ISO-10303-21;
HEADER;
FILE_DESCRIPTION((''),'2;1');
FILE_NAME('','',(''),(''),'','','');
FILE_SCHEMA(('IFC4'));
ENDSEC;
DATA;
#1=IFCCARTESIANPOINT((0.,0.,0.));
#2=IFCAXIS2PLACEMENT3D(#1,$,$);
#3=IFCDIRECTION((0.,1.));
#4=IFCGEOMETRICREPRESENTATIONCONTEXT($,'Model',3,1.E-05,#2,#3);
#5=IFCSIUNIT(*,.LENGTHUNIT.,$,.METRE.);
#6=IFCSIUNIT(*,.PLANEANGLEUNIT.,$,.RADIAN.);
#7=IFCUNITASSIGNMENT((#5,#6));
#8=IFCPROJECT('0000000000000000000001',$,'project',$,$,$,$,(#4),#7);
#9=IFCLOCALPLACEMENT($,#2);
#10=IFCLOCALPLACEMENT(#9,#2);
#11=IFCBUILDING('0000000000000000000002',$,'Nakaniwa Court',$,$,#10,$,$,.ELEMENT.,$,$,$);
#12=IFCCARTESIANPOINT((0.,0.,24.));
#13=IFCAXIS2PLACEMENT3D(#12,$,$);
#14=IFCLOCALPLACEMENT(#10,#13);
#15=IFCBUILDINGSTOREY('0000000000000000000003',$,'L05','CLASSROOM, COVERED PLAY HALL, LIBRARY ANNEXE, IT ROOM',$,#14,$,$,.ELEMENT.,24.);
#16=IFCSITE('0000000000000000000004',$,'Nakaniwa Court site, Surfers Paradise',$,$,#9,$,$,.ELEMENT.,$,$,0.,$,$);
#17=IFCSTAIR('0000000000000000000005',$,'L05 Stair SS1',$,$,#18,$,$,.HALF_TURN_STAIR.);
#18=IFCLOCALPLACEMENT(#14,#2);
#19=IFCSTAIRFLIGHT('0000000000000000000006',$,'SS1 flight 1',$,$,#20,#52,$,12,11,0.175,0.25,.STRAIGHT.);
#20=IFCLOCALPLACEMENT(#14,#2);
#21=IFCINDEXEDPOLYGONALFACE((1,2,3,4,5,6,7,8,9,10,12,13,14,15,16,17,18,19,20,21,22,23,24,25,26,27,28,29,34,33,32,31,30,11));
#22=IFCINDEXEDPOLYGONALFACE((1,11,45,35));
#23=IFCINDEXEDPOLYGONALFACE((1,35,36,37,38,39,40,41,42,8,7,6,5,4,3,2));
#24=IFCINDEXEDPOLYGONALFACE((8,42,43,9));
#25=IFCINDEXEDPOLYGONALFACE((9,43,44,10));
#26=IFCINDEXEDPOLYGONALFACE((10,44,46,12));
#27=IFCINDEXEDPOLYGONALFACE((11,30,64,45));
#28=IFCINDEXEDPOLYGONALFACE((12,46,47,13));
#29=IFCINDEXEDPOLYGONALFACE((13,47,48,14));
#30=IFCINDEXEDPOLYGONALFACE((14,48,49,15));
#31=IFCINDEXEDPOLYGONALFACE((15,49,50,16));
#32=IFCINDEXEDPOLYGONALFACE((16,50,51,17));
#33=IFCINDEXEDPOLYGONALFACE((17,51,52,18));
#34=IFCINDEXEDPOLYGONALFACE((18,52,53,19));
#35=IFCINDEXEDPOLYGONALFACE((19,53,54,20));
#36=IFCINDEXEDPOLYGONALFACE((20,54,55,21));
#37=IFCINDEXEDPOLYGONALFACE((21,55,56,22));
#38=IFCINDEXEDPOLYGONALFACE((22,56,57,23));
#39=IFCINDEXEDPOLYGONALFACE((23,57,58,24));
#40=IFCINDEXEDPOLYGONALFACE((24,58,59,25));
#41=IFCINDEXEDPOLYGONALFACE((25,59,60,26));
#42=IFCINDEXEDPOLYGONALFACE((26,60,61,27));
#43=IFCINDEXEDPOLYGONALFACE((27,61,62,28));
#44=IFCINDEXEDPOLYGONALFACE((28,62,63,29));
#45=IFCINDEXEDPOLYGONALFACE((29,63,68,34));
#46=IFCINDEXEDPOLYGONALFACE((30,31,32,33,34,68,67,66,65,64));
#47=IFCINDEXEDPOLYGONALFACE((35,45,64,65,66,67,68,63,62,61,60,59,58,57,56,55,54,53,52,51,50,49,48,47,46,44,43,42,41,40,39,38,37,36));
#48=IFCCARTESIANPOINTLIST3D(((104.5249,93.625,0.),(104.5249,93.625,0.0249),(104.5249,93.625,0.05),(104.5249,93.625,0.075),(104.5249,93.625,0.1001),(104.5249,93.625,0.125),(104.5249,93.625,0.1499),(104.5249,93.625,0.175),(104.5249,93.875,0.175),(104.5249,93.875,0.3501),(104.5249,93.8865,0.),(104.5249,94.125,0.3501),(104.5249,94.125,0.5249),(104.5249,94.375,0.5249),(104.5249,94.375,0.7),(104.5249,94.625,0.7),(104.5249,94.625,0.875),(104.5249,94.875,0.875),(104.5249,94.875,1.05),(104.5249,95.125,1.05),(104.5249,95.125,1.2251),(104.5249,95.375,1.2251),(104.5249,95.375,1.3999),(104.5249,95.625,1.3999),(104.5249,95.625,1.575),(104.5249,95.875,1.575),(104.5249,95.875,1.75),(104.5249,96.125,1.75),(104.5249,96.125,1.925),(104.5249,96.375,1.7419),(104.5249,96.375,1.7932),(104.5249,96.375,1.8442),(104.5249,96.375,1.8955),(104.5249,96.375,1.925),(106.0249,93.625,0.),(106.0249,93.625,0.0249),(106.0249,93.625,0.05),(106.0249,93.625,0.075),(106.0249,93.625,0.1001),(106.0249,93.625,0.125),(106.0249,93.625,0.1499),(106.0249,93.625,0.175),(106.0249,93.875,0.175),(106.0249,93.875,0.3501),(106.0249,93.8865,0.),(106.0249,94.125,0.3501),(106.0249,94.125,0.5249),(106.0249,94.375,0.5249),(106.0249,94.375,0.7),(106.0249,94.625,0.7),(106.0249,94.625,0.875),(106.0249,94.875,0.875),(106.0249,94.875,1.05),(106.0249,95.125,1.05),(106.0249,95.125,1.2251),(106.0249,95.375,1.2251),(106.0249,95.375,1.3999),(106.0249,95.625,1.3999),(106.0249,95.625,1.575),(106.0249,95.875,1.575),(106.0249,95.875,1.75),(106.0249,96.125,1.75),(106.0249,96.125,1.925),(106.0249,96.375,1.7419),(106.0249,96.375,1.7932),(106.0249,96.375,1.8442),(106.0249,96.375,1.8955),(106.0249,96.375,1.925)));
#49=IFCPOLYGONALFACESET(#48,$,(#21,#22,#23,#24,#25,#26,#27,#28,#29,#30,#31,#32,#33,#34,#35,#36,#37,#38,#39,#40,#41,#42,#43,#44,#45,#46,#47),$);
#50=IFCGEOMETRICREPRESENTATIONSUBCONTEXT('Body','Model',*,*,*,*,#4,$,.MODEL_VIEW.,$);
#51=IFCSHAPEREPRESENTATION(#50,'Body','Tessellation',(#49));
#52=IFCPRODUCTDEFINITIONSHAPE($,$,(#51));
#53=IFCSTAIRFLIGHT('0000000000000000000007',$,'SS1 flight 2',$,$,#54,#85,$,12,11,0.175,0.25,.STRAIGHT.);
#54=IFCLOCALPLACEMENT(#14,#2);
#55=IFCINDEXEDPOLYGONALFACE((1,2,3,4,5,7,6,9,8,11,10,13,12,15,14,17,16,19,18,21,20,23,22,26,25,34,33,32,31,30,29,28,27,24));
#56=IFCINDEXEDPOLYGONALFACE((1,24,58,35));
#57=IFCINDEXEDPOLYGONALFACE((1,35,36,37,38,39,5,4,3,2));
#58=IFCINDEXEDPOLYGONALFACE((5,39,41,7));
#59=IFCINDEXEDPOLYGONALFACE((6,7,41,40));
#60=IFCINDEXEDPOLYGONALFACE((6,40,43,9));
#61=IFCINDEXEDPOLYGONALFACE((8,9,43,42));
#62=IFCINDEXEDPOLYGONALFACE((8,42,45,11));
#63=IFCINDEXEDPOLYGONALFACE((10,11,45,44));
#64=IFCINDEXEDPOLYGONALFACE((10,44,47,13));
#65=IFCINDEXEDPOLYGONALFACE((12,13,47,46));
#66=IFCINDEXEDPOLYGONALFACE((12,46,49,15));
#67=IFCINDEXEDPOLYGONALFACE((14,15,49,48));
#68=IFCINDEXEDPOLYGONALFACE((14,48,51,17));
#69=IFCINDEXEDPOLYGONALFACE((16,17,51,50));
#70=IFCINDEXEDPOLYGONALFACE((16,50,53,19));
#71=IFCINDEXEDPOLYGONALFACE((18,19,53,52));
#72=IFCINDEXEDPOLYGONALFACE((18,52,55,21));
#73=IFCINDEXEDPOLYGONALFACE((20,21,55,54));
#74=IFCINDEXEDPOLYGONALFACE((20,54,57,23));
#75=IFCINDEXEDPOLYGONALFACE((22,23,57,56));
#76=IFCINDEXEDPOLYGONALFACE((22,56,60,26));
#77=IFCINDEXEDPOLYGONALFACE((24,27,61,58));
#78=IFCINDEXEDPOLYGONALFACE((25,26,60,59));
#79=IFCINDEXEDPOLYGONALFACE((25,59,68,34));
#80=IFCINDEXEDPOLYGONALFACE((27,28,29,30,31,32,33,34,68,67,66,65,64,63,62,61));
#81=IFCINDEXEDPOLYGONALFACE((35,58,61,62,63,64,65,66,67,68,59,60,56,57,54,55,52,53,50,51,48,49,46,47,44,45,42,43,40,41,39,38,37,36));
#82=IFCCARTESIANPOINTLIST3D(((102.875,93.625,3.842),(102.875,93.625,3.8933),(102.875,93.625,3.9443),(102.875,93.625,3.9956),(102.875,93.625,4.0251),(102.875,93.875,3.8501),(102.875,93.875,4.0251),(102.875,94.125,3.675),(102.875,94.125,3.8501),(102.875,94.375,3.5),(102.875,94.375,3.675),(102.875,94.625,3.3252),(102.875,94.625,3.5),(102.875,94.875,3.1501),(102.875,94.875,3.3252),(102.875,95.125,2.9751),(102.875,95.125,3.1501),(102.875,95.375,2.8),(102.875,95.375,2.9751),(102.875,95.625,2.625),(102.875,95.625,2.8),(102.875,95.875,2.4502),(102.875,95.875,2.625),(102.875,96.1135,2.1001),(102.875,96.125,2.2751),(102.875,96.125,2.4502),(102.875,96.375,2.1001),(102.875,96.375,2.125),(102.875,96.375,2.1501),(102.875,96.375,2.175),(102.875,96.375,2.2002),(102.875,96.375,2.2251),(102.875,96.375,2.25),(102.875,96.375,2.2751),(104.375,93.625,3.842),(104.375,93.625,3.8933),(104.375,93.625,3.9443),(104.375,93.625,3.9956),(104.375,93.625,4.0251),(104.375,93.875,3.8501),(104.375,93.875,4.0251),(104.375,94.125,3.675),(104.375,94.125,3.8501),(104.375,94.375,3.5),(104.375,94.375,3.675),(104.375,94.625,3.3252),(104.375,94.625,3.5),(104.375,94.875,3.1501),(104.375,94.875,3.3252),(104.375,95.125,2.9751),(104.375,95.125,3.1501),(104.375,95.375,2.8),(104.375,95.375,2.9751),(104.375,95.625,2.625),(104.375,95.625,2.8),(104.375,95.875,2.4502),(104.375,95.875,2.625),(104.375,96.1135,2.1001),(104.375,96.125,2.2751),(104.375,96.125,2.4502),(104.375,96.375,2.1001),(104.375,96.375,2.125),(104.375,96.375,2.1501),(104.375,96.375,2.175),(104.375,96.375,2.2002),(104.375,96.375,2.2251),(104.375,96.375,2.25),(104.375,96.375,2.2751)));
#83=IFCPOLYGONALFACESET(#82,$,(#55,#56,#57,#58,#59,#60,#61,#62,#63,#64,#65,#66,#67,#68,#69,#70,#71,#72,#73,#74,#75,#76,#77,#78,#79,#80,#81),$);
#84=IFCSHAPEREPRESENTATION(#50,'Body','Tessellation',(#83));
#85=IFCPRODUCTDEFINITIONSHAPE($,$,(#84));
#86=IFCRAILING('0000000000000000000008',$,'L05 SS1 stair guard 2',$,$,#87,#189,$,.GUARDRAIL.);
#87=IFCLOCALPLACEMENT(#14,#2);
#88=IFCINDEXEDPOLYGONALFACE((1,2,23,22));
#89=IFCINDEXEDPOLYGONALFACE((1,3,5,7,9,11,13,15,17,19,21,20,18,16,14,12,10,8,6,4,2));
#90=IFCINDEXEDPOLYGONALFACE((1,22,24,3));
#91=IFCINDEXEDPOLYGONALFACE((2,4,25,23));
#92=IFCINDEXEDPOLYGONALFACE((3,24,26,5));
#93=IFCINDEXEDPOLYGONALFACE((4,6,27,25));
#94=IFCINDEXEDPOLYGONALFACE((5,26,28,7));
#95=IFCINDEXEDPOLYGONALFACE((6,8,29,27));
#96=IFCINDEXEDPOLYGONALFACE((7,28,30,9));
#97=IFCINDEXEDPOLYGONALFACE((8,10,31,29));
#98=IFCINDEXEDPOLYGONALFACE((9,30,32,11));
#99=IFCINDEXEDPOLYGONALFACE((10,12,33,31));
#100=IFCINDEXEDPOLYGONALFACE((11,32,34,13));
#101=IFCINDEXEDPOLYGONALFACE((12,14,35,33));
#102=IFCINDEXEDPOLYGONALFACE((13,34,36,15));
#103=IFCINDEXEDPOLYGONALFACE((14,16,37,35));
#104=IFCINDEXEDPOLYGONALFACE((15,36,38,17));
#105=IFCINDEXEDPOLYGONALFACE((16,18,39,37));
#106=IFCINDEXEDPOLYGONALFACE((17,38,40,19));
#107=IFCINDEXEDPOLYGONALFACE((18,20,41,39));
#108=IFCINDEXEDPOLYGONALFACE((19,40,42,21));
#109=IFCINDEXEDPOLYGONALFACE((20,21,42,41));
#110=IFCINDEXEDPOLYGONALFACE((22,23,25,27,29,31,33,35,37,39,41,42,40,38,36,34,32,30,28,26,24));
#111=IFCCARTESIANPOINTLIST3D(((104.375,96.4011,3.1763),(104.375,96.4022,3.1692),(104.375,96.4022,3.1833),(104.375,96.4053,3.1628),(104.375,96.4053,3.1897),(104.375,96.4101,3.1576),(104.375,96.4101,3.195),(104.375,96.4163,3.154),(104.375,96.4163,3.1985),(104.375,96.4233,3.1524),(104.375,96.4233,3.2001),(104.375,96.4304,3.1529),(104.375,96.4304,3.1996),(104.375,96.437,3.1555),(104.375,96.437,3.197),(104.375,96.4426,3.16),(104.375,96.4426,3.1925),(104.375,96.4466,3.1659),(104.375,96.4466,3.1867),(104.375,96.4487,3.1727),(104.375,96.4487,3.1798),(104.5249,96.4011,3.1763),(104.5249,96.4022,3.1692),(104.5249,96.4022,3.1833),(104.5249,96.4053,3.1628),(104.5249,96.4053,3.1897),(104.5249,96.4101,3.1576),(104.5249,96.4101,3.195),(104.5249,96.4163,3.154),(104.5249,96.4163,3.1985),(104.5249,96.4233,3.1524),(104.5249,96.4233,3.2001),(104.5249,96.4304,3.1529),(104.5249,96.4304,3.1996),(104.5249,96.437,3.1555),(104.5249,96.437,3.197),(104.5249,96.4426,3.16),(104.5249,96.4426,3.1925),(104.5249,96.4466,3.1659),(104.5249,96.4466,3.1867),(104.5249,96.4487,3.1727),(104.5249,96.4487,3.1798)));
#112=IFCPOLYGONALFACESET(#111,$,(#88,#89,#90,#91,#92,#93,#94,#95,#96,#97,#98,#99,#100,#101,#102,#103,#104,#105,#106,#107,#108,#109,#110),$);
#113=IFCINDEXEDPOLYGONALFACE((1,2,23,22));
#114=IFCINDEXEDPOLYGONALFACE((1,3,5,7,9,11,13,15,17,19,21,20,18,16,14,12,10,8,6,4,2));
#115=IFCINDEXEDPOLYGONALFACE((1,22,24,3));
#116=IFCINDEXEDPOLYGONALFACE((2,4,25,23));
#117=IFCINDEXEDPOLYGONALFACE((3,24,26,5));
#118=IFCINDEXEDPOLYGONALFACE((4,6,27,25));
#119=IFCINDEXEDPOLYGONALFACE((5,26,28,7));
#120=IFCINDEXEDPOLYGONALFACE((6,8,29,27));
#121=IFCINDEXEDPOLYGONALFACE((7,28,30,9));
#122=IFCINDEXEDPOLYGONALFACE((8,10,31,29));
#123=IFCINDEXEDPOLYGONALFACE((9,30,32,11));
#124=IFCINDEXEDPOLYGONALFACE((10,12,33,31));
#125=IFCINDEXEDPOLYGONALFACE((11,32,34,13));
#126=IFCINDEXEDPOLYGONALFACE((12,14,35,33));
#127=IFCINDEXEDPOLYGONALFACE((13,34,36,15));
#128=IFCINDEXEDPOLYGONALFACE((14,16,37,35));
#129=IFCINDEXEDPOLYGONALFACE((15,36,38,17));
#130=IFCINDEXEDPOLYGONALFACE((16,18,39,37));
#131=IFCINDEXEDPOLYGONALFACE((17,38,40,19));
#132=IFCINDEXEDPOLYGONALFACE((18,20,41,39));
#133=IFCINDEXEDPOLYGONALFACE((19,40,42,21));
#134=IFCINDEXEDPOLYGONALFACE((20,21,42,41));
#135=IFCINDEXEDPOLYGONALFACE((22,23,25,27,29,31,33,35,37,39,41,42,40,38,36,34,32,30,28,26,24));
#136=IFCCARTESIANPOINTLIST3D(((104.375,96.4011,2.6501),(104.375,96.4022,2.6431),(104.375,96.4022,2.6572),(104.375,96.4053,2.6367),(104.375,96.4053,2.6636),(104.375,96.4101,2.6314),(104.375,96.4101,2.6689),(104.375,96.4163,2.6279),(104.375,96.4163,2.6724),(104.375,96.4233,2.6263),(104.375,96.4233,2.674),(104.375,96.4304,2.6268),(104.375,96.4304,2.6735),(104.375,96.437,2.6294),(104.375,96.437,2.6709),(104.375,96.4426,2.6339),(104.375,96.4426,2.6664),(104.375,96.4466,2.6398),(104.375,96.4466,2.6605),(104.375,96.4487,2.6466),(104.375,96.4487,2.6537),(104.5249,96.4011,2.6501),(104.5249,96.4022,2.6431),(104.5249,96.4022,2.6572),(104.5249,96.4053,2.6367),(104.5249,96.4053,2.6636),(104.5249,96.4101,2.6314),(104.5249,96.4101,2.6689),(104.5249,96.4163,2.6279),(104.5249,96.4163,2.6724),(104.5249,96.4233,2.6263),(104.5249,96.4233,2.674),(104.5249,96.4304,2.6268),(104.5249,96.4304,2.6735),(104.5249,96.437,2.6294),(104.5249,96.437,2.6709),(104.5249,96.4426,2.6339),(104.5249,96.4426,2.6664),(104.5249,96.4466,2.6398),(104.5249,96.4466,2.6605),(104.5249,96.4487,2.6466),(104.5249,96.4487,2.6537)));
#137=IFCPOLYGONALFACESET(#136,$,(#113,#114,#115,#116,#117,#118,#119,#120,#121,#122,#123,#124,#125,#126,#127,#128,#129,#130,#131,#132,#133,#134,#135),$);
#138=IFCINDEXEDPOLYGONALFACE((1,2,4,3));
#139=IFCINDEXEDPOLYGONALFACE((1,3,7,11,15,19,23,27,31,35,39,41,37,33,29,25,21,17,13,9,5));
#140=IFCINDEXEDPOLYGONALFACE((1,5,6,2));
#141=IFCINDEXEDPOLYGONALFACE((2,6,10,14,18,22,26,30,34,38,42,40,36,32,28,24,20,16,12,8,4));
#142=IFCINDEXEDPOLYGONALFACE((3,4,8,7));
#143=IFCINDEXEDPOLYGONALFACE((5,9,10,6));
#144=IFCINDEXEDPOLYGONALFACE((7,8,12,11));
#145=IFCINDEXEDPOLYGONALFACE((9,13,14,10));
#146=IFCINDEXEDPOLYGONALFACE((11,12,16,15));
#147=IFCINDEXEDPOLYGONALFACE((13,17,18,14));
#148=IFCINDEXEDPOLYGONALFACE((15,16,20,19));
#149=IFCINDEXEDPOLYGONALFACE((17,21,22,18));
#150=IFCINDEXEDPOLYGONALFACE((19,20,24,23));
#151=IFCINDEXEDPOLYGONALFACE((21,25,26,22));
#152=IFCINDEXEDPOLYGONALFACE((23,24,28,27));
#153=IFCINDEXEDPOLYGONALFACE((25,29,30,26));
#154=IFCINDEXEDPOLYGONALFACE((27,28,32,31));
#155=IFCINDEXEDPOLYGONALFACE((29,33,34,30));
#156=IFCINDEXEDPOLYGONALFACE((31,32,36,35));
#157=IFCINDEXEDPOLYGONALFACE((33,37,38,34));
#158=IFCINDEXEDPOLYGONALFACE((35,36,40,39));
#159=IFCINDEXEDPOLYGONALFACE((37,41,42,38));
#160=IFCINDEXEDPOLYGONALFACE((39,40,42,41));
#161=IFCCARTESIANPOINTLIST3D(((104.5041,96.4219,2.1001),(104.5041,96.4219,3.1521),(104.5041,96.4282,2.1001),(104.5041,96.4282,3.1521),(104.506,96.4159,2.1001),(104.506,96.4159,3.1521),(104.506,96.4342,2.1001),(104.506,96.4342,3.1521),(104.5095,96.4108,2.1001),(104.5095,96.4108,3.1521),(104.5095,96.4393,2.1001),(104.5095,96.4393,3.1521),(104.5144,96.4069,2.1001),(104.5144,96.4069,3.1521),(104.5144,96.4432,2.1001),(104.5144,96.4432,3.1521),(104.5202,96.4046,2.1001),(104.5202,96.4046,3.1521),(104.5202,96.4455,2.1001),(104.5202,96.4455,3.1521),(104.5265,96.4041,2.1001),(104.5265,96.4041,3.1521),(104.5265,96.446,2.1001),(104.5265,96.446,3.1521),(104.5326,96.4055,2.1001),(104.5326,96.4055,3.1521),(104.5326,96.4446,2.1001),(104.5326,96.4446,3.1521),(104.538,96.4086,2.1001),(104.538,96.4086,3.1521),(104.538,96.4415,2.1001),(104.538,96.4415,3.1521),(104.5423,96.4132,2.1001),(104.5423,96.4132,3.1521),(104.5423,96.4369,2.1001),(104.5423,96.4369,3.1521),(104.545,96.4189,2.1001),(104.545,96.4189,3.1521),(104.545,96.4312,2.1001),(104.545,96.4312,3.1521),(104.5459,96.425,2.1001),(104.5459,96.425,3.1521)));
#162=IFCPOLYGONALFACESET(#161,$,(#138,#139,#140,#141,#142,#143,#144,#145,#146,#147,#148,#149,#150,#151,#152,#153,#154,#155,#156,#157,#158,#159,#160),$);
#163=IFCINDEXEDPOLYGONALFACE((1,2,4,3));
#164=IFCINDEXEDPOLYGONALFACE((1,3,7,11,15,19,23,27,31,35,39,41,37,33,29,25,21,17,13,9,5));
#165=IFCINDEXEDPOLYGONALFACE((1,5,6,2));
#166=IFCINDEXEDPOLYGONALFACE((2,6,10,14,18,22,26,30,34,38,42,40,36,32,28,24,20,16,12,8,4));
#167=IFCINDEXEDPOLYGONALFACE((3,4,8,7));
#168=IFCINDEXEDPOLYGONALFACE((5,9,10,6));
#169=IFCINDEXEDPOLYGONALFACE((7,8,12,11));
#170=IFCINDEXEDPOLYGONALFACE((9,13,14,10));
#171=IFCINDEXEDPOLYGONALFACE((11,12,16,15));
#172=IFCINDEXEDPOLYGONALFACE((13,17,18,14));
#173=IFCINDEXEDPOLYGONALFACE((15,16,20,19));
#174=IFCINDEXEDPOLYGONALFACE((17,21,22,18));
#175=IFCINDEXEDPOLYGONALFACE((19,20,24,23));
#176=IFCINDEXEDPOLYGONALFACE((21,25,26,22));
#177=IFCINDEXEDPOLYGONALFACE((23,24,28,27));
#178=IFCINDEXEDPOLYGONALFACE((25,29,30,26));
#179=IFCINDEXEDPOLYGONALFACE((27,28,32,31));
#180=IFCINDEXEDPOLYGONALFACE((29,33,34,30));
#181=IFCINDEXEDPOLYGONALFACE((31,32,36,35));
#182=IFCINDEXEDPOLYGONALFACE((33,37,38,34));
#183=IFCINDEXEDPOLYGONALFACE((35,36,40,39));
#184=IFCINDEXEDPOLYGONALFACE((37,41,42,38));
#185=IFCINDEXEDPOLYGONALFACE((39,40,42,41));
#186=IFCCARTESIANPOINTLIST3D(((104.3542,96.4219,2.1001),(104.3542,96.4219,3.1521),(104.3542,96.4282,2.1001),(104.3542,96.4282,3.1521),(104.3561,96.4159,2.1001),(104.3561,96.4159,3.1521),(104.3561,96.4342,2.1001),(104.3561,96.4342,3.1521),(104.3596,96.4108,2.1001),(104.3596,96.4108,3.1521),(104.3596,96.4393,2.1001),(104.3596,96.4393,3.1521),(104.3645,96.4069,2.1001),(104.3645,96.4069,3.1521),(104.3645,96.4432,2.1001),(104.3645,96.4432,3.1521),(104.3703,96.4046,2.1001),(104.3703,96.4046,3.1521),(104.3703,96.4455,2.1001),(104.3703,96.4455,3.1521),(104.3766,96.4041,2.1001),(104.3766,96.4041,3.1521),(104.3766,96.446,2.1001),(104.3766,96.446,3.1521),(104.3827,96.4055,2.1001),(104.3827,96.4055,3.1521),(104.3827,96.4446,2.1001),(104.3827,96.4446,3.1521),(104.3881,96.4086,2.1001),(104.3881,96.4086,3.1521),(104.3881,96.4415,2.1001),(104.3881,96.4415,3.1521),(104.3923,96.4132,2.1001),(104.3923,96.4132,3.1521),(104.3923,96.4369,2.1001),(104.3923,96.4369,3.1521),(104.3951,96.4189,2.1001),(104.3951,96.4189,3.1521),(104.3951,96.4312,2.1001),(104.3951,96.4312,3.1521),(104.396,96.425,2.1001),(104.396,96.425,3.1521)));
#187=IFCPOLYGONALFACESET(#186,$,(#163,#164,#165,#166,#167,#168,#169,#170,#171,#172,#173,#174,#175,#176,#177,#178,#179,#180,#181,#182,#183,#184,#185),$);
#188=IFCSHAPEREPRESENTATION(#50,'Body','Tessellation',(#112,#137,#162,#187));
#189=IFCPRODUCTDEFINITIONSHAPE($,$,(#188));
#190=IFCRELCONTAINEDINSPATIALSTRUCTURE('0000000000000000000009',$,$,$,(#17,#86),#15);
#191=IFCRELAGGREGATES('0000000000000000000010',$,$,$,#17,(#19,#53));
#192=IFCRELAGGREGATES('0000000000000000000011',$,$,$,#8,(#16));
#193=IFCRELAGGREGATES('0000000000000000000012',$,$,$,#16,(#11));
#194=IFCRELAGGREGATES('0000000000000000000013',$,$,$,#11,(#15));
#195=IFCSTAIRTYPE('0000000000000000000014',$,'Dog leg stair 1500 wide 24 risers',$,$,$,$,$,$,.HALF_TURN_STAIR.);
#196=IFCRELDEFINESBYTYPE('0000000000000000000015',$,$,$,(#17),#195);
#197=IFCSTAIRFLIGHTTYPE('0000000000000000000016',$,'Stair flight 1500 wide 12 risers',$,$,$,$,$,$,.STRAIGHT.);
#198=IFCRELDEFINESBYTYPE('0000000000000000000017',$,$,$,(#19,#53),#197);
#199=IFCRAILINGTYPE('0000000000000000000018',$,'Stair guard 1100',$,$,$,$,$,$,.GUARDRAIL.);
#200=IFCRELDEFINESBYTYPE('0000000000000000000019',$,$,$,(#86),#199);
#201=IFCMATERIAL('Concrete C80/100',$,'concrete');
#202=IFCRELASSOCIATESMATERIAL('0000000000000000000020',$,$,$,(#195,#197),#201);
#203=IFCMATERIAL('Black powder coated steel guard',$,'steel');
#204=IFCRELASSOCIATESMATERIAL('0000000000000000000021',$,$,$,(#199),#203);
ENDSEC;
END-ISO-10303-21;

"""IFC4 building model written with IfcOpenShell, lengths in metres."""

from ifc_helpers import new_model, si_unit, direction, frame, origin, origin_2d, place, context, subcontext, project, spatial, polyline, circle, outline, extrude, material, type_object, element, aggregate, save


model = new_model("IFC4")

# Units and contexts
model_context = context("Model", 3, precision=1e-05, world=origin(), true_north=direction((0.0, 1.0)))
body_context = subcontext(model_context, "Body", "Model", "MODEL_VIEW")
ifc_project = project(units=[si_unit("LENGTHUNIT", "METRE"), si_unit("PLANEANGLEUNIT", "RADIAN")], contexts=[model_context])

# Site, building, storey
site_placement = place(None, origin())
site = spatial("IfcSite", under=ifc_project, at=site_placement, Name="Nakaniwa Court site, Surfers Paradise", CompositionType="ELEMENT", RefElevation=0.0)
building_placement = place(site_placement, origin())
building = spatial("IfcBuilding", under=site, at=building_placement, Name="Nakaniwa Court", CompositionType="ELEMENT")
storey_placement = place(building_placement, frame((0.0, 0.0, 24.0)))
storey = spatial("IfcBuildingStorey", under=building, at=storey_placement, Name="L05", Description="CLASSROOM, COVERED PLAY HALL, LIBRARY ANNEXE, IT ROOM", CompositionType="ELEMENT", Elevation=24.0)

# Stair, stair flights
ifc_material_1 = material(Name="Concrete C80/100", Category="concrete")
stair_type = type_object("IfcStairType", Name="Dog leg stair 1500 wide 24 risers", PredefinedType="HALF_TURN_STAIR", material=ifc_material_1)
stair_placement = place(storey_placement, origin())
stair = element("IfcStair", 1, at=stair_placement, inside=storey, type_object=stair_type, Name="L05 Stair SS1", PredefinedType="HALF_TURN_STAIR")
stair_flight_type = type_object("IfcStairFlightType", Name="Stair flight 1500 wide 12 risers", PredefinedType="STRAIGHT", material=ifc_material_1)
stair_flight_1_placement = place(storey_placement, frame((105.2749, 93.625, 0.0), z_axis=(0.0, 0.0, 1.0), x_axis=(0.0, 1.0, 0.0)))
stair_flight_1 = element("IfcStairFlight", 2, at=stair_flight_1_placement, type_object=stair_flight_type, Name="SS1 flight 1", NumberOfRisers=12, NumberOfTreads=11, PredefinedType="STRAIGHT", RiserHeight=0.175, TreadLength=0.25, context=body_context, shape_type="SweptSolid", body=[
    extrude(outline(polyline([(0.0, 0.0), (0.0, 0.0249), (0.0, 0.05), (0.0, 0.075), (0.0, 0.1001), (0.0, 0.125), (0.0, 0.1499), (0.0, 0.175), (0.25, 0.175), (0.25, 0.3501), (0.5, 0.3501), (0.5, 0.5249), (0.75, 0.5249), (0.75, 0.7), (1.0, 0.7), (1.0, 0.875), (1.25, 0.875), (1.25, 1.05), (1.5, 1.05), (1.5, 1.2251), (1.75, 1.2251), (1.75, 1.3999), (2.0, 1.3999), (2.0, 1.575), (2.25, 1.575), (2.25, 1.75), (2.5, 1.75), (2.5, 1.925), (2.75, 1.925), (2.75, 2.1001), (2.75, 2.0488), (2.75, 1.9978), (2.75, 1.9465), (2.75, 1.8955), (2.75, 1.8442), (2.75, 1.7932), (2.75, 1.7419), (0.2615, 0.0), (0.0, 0.0)])), frame((0.0, 0.75, 0.0), z_axis=(0.0, -1.0, 0.0), x_axis=(1.0, 0.0, 0.0)), (0.0, 0.0, 1.0), 1.5),
])
stair_flight_2_placement = place(storey_placement, frame((103.625, 96.375, 2.1001), z_axis=(0.0, 0.0, 1.0), x_axis=(0.0, -1.0, 0.0)))
stair_flight_2 = element("IfcStairFlight", 3, at=stair_flight_2_placement, type_object=stair_flight_type, Name="SS1 flight 2", NumberOfRisers=12, NumberOfTreads=11, PredefinedType="STRAIGHT", RiserHeight=0.175, TreadLength=0.25, context=body_context, shape_type="SweptSolid", body=[
    extrude(outline(polyline([(0.0, 0.0), (0.0, 0.0249), (0.0, 0.05), (0.0, 0.075), (0.0, 0.1001), (0.0, 0.125), (0.0, 0.1499), (0.0, 0.175), (0.25, 0.175), (0.25, 0.3501), (0.5, 0.3501), (0.5, 0.5249), (0.75, 0.5249), (0.75, 0.7), (1.0, 0.7), (1.0, 0.875), (1.25, 0.875), (1.25, 1.05), (1.5, 1.05), (1.5, 1.2251), (1.75, 1.2251), (1.75, 1.3999), (2.0, 1.3999), (2.0, 1.575), (2.25, 1.575), (2.25, 1.75), (2.5, 1.75), (2.5, 1.925), (2.75, 1.925), (2.75, 2.1001), (2.75, 2.0488), (2.75, 1.9978), (2.75, 1.9465), (2.75, 1.8955), (2.75, 1.8442), (2.75, 1.7932), (2.75, 1.7419), (0.2615, 0.0), (0.0, 0.0)])), frame((0.0, 0.75, 0.0), z_axis=(0.0, -1.0, 0.0), x_axis=(1.0, 0.0, 0.0)), (0.0, 0.0, 1.0), 1.5),
])
aggregate(stair, [stair_flight_1, stair_flight_2])

# Railing
ifc_material_2 = material(Name="Black powder coated steel guard", Category="steel")
railing_type_1 = type_object("IfcRailingType", Name="Stair guard 1100", PredefinedType="GUARDRAIL", material=ifc_material_2)
railing_1_placement = place(storey_placement, frame((104.5249, 96.425, 2.1001)))
element("IfcRailing", 4, at=railing_1_placement, inside=storey, type_object=railing_type_1, Name="L05 SS1 stair guard 2", PredefinedType="GUARDRAIL", context=body_context, shape_type="SweptSolid", body=[
    extrude(circle(Radius=0.0239, at=origin_2d()), frame((0.0, 0.0, 1.0762), z_axis=(-1.0, 0.0, 0.0), x_axis=(0.0, -1.0, 0.0)), (0.0, 0.0, 1.0), 0.1499),
    extrude(circle(Radius=0.0239, at=origin_2d()), frame((0.0, 0.0, 0.55), z_axis=(-1.0, 0.0, 0.0), x_axis=(0.0, -1.0, 0.0)), (0.0, 0.0, 1.0), 0.1499),
    extrude(circle(Radius=0.021, at=origin_2d()), origin(), (0.0, 0.0, 1.0), 1.052),
    extrude(circle(Radius=0.021, at=origin_2d()), frame((-0.1499, 0.0, 0.0)), (0.0, 0.0, 1.0), 1.052),
])

save(model, "model.ifc")
